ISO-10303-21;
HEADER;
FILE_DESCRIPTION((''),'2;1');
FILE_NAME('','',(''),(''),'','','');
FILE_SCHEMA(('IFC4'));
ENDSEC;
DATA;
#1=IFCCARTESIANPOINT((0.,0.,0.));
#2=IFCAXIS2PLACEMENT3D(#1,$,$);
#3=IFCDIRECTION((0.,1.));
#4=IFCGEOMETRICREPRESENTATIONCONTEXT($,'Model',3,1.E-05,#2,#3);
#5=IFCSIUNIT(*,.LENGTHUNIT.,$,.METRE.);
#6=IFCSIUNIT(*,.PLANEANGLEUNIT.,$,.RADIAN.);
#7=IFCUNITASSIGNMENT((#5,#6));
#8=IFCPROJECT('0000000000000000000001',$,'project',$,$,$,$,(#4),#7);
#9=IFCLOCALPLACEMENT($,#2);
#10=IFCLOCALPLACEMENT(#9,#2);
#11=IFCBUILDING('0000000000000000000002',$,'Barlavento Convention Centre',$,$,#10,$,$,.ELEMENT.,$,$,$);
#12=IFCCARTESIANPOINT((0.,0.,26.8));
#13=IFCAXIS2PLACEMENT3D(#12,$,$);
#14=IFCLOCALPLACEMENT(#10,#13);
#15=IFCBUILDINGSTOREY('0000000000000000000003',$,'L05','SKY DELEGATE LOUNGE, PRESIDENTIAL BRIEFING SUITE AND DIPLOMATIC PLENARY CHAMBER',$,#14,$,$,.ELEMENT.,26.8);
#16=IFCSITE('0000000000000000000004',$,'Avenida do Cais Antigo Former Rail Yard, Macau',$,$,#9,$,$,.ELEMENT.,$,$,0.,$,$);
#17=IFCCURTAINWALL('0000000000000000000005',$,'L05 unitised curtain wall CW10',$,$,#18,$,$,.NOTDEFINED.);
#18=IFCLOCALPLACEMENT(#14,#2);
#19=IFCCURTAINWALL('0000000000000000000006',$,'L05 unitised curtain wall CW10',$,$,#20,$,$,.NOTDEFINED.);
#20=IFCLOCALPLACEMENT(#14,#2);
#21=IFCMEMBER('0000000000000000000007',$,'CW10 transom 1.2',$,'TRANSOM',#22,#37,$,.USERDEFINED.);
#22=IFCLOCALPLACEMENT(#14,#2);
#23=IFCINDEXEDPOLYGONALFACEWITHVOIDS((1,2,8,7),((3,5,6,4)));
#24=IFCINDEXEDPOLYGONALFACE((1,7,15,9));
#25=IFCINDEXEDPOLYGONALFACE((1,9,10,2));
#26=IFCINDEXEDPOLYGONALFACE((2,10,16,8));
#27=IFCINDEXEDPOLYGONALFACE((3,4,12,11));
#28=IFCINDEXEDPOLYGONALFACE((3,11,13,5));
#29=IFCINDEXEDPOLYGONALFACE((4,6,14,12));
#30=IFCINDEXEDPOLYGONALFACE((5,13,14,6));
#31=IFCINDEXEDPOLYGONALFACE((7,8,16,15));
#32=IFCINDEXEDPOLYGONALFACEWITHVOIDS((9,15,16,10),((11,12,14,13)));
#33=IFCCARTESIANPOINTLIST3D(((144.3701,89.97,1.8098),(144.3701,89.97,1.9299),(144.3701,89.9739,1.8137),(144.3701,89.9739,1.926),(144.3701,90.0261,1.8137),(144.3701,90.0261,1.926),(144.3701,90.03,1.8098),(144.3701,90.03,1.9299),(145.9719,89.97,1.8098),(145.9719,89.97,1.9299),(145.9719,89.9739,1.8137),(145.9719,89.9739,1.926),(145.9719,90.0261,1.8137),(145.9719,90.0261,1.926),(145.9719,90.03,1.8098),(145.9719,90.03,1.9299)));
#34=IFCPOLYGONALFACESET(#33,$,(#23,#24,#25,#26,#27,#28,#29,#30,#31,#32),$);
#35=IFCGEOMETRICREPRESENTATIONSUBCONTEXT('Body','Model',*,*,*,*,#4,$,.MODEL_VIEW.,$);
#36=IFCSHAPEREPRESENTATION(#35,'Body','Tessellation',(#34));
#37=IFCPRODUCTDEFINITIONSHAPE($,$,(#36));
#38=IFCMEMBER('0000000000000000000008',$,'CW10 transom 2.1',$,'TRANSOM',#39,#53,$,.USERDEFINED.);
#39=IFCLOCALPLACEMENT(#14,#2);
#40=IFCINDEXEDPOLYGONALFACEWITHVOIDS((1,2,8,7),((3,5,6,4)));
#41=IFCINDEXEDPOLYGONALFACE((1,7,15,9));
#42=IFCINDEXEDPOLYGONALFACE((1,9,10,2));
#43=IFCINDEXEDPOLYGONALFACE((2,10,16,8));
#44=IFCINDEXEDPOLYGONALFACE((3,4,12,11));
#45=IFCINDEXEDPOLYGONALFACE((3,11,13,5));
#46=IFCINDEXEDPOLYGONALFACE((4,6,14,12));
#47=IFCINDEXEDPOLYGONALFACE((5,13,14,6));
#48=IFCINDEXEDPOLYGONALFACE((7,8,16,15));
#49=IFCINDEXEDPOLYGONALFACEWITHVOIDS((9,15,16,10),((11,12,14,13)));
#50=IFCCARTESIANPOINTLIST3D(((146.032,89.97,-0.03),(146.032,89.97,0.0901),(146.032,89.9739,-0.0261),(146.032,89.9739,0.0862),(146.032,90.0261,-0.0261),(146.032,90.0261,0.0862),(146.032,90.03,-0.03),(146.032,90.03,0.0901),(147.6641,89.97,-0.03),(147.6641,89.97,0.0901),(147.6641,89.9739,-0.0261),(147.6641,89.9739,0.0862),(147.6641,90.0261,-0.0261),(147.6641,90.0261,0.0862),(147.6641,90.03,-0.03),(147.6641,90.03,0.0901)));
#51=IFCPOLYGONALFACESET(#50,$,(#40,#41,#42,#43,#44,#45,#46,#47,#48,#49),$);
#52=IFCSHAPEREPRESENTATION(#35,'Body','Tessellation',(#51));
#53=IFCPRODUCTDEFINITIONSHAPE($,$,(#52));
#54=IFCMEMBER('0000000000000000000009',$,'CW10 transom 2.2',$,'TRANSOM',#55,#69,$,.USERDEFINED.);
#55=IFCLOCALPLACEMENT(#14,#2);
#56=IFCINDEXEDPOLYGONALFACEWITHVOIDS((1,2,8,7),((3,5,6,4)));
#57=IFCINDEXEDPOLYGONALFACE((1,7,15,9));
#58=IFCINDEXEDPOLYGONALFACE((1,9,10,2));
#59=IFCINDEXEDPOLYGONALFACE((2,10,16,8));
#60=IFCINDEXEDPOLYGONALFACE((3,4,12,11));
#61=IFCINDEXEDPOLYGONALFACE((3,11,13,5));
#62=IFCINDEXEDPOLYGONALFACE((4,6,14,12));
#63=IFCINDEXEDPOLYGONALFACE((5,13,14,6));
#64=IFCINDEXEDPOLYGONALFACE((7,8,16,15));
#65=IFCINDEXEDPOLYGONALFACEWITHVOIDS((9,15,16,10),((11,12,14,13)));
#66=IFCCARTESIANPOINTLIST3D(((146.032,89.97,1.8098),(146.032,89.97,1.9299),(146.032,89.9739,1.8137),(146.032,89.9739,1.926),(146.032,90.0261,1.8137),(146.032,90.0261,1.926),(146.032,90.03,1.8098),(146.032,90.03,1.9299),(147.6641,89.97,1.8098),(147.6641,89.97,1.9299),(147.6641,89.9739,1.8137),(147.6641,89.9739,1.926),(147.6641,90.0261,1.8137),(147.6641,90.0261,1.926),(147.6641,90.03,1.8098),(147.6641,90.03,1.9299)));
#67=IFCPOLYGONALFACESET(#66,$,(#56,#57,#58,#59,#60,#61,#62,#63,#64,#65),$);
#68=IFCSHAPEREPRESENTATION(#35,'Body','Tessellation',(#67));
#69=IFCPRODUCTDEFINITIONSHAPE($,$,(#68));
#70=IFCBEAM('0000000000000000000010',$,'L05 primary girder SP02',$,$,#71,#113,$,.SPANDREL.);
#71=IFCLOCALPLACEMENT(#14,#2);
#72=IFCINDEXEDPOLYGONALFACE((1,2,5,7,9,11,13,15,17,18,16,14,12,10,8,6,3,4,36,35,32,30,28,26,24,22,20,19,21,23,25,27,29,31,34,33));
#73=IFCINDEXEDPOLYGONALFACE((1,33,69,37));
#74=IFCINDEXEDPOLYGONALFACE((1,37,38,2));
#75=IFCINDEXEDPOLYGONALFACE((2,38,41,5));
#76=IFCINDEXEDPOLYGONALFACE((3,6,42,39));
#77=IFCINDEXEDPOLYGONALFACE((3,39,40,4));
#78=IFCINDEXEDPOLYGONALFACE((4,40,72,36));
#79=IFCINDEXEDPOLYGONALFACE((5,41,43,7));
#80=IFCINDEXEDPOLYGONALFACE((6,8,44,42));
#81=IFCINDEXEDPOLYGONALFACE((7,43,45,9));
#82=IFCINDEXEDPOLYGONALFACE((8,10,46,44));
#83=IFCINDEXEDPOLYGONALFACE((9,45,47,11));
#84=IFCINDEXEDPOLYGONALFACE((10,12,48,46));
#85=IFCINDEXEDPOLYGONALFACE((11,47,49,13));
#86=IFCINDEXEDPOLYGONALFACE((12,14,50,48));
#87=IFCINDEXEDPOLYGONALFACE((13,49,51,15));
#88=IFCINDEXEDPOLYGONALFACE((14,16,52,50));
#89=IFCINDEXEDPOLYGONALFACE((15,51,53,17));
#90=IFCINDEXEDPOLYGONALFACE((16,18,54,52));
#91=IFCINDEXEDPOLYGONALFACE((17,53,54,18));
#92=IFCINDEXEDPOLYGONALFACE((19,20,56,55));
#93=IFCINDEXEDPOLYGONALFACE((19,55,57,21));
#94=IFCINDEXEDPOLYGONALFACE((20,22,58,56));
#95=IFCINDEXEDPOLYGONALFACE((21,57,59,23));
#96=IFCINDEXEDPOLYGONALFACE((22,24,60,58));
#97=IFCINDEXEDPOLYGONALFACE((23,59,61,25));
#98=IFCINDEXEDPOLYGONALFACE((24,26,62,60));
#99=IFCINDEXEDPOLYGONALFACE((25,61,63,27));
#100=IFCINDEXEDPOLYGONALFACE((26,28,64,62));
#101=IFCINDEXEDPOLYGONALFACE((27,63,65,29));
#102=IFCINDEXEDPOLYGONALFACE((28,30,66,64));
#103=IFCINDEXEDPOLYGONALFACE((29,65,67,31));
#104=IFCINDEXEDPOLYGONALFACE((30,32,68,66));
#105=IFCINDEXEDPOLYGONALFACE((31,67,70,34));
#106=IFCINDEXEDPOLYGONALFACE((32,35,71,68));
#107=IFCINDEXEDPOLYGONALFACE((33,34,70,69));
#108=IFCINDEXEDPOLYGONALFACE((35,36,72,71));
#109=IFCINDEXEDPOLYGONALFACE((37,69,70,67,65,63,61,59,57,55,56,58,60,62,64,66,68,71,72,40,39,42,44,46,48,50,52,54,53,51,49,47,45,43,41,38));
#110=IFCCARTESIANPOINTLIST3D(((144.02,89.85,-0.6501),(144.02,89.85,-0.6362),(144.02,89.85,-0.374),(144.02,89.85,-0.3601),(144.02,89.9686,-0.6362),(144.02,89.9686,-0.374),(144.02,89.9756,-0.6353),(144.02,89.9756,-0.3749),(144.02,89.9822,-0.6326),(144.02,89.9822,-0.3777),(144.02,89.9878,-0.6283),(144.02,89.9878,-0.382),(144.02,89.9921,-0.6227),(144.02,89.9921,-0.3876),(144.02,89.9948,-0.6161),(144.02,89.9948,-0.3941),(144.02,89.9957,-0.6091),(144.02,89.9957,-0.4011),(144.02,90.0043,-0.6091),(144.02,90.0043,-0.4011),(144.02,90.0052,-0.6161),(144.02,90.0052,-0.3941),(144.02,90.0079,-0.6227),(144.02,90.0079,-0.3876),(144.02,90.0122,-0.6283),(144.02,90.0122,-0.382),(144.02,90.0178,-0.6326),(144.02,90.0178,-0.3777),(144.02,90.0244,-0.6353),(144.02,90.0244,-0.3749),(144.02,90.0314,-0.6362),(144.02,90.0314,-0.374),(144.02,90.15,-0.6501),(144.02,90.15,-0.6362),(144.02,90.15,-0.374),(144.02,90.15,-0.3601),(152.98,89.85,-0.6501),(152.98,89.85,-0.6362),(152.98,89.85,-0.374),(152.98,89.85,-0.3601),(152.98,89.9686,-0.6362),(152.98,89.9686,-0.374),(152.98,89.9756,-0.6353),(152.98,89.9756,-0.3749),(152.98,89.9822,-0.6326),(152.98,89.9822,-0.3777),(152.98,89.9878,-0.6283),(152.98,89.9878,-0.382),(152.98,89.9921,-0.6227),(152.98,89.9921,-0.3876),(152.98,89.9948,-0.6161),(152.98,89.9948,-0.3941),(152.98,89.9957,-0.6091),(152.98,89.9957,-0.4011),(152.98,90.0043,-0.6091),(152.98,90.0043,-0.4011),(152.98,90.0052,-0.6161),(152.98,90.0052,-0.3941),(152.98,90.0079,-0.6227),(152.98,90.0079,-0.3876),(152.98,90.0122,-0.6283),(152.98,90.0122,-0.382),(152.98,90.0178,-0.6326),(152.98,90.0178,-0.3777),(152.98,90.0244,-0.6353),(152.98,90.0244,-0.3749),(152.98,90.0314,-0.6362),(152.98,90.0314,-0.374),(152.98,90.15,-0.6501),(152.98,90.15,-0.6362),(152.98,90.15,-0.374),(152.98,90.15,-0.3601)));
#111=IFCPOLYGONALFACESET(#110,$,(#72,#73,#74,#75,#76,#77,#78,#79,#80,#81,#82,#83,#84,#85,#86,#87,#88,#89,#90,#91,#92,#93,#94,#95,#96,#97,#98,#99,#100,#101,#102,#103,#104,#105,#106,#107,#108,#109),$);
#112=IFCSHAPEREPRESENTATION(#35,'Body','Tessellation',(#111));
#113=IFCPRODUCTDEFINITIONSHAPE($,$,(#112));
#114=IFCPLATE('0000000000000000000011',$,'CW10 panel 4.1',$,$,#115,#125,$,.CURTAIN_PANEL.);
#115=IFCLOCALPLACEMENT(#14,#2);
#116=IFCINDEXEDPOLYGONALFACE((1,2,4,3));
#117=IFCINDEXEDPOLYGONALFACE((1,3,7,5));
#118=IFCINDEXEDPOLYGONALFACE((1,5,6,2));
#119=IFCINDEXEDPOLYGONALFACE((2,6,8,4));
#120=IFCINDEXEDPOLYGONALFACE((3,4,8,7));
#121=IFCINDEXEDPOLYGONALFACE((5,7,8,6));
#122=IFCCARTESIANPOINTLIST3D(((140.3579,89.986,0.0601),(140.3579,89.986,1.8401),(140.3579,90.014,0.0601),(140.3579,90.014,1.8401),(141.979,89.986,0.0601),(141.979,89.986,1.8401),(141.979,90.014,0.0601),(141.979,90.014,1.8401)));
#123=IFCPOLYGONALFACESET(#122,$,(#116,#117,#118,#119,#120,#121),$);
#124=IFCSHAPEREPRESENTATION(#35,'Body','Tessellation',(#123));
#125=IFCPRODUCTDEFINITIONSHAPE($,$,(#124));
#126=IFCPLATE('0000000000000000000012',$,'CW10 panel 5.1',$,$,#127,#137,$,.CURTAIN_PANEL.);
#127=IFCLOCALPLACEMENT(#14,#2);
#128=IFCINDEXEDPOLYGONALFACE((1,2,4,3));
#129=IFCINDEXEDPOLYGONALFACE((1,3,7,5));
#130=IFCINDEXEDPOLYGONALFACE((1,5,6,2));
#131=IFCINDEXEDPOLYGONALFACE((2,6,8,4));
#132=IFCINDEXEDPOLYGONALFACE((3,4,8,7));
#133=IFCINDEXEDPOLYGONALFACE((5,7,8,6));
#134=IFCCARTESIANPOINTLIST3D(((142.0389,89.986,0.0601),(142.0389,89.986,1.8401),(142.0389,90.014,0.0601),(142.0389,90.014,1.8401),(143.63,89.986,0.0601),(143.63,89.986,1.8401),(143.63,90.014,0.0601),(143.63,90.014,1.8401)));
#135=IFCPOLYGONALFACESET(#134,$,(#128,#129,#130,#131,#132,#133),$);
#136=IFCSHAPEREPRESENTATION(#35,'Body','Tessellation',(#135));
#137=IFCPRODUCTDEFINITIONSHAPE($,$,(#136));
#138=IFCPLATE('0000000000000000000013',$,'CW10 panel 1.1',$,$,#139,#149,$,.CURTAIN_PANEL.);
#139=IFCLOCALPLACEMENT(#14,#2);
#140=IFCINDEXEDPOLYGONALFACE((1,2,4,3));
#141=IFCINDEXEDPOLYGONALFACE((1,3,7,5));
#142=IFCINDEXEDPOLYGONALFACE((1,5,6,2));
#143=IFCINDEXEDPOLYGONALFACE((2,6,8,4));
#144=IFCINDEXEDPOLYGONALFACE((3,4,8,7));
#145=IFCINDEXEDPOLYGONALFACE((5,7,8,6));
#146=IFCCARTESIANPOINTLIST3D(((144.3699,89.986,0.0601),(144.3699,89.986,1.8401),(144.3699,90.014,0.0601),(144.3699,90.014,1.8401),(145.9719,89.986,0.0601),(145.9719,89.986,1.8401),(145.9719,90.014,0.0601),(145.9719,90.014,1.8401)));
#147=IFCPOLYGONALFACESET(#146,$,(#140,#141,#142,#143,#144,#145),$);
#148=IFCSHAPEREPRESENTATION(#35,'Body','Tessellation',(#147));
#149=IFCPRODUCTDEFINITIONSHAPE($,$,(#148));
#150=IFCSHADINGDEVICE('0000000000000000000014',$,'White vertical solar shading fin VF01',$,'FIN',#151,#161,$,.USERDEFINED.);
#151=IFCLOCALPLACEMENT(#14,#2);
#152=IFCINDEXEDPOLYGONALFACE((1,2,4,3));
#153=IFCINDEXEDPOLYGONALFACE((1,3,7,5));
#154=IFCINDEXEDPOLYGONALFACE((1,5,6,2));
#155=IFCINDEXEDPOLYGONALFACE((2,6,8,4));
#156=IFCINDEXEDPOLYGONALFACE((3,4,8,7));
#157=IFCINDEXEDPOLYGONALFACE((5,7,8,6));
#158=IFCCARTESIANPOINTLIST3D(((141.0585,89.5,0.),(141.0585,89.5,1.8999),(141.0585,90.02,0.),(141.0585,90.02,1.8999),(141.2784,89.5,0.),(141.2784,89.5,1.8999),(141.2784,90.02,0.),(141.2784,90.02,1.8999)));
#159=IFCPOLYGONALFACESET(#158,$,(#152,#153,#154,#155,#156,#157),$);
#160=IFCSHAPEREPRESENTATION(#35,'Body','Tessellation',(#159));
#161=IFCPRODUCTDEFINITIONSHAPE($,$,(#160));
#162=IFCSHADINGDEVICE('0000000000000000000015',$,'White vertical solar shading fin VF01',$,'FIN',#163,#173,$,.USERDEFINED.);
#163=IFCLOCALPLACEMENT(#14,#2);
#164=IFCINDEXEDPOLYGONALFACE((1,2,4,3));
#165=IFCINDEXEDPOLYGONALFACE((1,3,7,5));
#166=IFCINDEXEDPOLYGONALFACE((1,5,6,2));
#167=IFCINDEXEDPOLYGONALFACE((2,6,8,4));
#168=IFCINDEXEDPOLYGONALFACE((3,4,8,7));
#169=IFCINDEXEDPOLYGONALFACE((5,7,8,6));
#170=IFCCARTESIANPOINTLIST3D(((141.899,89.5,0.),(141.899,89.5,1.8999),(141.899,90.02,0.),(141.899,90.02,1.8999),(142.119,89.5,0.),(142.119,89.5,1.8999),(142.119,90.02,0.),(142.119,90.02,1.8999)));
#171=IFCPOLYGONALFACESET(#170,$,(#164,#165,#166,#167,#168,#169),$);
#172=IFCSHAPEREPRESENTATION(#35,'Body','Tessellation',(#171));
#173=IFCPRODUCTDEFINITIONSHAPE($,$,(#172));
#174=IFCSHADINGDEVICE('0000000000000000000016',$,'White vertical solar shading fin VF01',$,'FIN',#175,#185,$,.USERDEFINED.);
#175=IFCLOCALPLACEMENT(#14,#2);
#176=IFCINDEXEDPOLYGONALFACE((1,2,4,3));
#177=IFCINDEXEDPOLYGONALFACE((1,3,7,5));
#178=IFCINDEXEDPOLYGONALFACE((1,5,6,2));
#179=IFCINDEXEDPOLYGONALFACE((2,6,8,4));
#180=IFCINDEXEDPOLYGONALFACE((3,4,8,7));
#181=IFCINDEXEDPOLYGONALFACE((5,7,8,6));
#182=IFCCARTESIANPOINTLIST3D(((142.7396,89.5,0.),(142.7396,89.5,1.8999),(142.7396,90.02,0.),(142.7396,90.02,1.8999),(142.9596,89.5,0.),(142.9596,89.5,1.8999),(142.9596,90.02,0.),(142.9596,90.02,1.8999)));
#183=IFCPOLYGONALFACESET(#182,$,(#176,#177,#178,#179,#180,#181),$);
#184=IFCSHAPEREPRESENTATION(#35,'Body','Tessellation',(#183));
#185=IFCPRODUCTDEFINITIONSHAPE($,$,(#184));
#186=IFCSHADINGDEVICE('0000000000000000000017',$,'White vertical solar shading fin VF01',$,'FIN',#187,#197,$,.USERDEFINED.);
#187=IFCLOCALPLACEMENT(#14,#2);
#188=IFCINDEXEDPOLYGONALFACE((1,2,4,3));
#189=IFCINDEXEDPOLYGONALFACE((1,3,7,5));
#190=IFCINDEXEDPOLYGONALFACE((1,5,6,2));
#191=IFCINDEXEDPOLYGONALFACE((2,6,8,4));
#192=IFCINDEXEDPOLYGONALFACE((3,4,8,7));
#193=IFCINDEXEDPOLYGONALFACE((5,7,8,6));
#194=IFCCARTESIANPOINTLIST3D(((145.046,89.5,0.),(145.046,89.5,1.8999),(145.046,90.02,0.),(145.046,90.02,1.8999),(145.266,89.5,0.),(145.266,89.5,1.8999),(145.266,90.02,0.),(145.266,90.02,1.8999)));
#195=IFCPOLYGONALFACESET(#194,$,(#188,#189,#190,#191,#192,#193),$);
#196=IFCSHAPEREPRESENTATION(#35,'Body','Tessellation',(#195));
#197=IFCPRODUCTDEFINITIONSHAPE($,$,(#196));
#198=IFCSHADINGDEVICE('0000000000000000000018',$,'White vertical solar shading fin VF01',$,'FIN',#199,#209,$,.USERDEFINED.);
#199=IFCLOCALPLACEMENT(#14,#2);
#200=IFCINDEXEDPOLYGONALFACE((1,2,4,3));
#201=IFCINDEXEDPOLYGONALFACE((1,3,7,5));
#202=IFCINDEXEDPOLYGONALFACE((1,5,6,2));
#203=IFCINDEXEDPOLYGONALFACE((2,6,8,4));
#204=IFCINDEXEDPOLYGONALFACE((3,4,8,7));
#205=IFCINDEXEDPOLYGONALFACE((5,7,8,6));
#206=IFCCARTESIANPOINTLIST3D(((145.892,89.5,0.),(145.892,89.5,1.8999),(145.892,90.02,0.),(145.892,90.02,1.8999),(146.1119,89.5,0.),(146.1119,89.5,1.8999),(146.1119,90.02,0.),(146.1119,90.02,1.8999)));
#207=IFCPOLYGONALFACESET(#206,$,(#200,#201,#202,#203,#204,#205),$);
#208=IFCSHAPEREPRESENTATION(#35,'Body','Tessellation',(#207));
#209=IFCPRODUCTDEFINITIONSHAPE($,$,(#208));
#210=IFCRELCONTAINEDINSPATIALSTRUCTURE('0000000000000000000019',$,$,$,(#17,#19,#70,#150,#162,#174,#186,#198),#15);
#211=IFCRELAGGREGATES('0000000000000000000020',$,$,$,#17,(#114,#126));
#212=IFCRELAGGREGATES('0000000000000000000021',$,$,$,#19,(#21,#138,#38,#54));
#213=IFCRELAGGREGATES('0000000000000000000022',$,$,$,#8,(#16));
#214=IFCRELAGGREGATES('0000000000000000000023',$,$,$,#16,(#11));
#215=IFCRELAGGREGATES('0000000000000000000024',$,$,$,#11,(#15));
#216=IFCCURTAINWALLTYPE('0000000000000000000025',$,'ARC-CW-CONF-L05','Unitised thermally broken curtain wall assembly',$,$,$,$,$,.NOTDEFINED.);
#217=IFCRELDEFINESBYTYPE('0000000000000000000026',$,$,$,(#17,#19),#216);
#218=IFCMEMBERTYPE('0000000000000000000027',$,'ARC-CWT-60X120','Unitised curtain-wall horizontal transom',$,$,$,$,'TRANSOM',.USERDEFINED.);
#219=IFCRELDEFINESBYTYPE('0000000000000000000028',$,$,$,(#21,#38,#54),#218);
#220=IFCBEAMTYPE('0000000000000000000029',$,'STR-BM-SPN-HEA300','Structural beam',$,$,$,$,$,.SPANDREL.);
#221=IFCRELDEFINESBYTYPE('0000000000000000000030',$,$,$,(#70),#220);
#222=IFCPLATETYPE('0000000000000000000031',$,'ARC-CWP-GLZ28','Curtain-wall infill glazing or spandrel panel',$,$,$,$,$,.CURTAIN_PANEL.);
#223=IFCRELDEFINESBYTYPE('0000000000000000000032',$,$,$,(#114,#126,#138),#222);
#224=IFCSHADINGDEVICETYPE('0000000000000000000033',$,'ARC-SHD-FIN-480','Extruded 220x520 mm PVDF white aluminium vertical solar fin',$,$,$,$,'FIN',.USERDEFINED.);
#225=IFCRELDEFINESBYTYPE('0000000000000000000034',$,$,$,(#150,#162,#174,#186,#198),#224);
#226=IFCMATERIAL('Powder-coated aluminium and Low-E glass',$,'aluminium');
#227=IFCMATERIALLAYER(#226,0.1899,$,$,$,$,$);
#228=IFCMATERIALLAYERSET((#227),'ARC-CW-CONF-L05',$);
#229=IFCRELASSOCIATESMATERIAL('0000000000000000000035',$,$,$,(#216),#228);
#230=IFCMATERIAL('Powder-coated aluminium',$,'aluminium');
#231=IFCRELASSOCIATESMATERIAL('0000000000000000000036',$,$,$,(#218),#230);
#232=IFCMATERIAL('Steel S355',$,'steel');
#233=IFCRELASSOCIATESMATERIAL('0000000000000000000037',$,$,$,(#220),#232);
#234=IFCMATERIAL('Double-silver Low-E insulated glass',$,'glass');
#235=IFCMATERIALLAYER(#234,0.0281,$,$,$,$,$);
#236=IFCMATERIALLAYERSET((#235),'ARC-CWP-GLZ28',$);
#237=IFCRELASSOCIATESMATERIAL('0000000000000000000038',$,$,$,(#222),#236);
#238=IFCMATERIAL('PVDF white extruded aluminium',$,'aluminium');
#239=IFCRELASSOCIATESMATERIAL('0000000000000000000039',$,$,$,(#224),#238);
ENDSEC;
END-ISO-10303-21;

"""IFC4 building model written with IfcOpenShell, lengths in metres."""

from ifc_helpers import new_model, si_unit, direction, frame, origin, origin_2d, place, context, subcontext, project, spatial, rectangle, hollow_rectangle, i_section, extrude, material, layer, layer_set, material_profile, profile_set, type_object, element, aggregate, save


model = new_model("IFC4")

# Units and contexts
model_context = context("Model", 3, precision=1e-05, world=origin(), true_north=direction((0.0, 1.0)))
body_context = subcontext(model_context, "Body", "Model", "MODEL_VIEW")
ifc_project = project(units=[si_unit("LENGTHUNIT", "METRE"), si_unit("PLANEANGLEUNIT", "RADIAN")], contexts=[model_context])

# Site, building, storey
site_placement = place(None, origin())
site = spatial("IfcSite", under=ifc_project, at=site_placement, Name="Avenida do Cais Antigo Former Rail Yard, Macau", CompositionType="ELEMENT", RefElevation=0.0)
building_placement = place(site_placement, origin())
building = spatial("IfcBuilding", under=site, at=building_placement, Name="Barlavento Convention Centre", CompositionType="ELEMENT")
storey_placement = place(building_placement, frame((0.0, 0.0, 26.8)))
storey = spatial("IfcBuildingStorey", under=building, at=storey_placement, Name="L05", Description="SKY DELEGATE LOUNGE, PRESIDENTIAL BRIEFING SUITE AND DIPLOMATIC PLENARY CHAMBER", CompositionType="ELEMENT", Elevation=26.8)

# Shared definitions
ifc_material_1 = material(Name="Steel S355", Category="steel")

# Curtain walls
ifc_material_2 = material(Name="Powder-coated aluminium and Low-E glass", Category="aluminium")
ifc_layer_1 = layer(ifc_material_2, 0.1899)
ifc_layer_set_1 = layer_set([ifc_layer_1], Name="ARC-CW-CONF-L05")
curtain_wall_type = type_object("IfcCurtainWallType", Name="ARC-CW-CONF-L05", Description="Unitised thermally broken curtain wall assembly", PredefinedType="NOTDEFINED", material=ifc_layer_set_1)
curtain_wall_1_placement = place(storey_placement, origin())
curtain_wall_1 = element("IfcCurtainWall", 1, at=curtain_wall_1_placement, inside=storey, type_object=curtain_wall_type, Name="L05 unitised curtain wall CW10", PredefinedType="NOTDEFINED")
ifc_material_3 = material(Name="Powder-coated aluminium", Category="aluminium")
curtain_wall_2_placement = place(storey_placement, origin())
curtain_wall_2 = element("IfcCurtainWall", 2, at=curtain_wall_2_placement, inside=storey, type_object=curtain_wall_type, Name="L05 unitised curtain wall CW10", PredefinedType="NOTDEFINED")

# Members
ifc_material_profile_1 = material_profile(ifc_material_3, hollow_rectangle(XDim=0.0601, YDim=0.1201, WallThickness=0.0039, at=origin_2d()), Name="AL-TRAN 60x120x4")
ifc_profile_set_1 = profile_set([ifc_material_profile_1], Name="Powder-coated aluminium")
member_type_1 = type_object("IfcMemberType", Name="ARC-CWT-60X120", Description="Unitised curtain-wall horizontal transom", ElementType="TRANSOM", PredefinedType="USERDEFINED", material=ifc_profile_set_1)
member_1_placement = place(storey_placement, frame((144.3701, 90.0, 1.8699), z_axis=(1.0, 0.0, 0.0), x_axis=(0.0, 1.0, 0.0)))
member_1 = element("IfcMember", 3, at=member_1_placement, type_object=member_type_1, Name="CW10 transom 1.2", ObjectType="TRANSOM", PredefinedType="USERDEFINED", context=body_context, shape_type="SweptSolid", body=[
    extrude(hollow_rectangle(XDim=0.0601, YDim=0.1201, WallThickness=0.0039, at=origin_2d()), origin(), (0.0, 0.0, 1.0), 1.6018),
])
member_2_placement = place(storey_placement, frame((146.032, 90.0, 0.03), z_axis=(1.0, 0.0, 0.0), x_axis=(0.0, 1.0, 0.0)))
member_2 = element("IfcMember", 4, at=member_2_placement, type_object=member_type_1, Name="CW10 transom 2.1", ObjectType="TRANSOM", PredefinedType="USERDEFINED", context=body_context, shape_type="SweptSolid", body=[
    extrude(hollow_rectangle(XDim=0.0601, YDim=0.1201, WallThickness=0.0039, at=origin_2d()), origin(), (0.0, 0.0, 1.0), 1.6321),
])
member_3_placement = place(storey_placement, frame((146.032, 90.0, 1.8699), z_axis=(1.0, 0.0, 0.0), x_axis=(0.0, 1.0, 0.0)))
member_3 = element("IfcMember", 5, at=member_3_placement, type_object=member_type_1, Name="CW10 transom 2.2", ObjectType="TRANSOM", PredefinedType="USERDEFINED", context=body_context, shape_type="SweptSolid", body=[
    extrude(hollow_rectangle(XDim=0.0601, YDim=0.1201, WallThickness=0.0039, at=origin_2d()), origin(), (0.0, 0.0, 1.0), 1.6321),
])

# Beam
ifc_material_profile_2 = material_profile(ifc_material_1, i_section(OverallWidth=0.3, OverallDepth=0.29, WebThickness=0.0085, FlangeThickness=0.0139, FilletRadius=0.0271, at=origin_2d()), Name="HEA 300")
ifc_profile_set_2 = profile_set([ifc_material_profile_2], Name="Steel S355")
beam_type = type_object("IfcBeamType", Name="STR-BM-SPN-HEA300", Description="Structural beam", PredefinedType="SPANDREL", material=ifc_profile_set_2)
beam_placement = place(storey_placement, frame((144.02, 90.0, -0.5051), z_axis=(1.0, 0.0, 0.0), x_axis=(0.0, 1.0, 0.0)))
element("IfcBeam", 6, at=beam_placement, inside=storey, type_object=beam_type, Name="L05 primary girder SP02", PredefinedType="SPANDREL", context=body_context, shape_type="SweptSolid", body=[
    extrude(i_section(OverallWidth=0.3, OverallDepth=0.29, WebThickness=0.0085, FlangeThickness=0.0139, FilletRadius=0.0271, at=origin_2d()), origin(), (0.0, 0.0, 1.0), 8.96),
])

# Plates
ifc_material_4 = material(Name="Double-silver Low-E insulated glass", Category="glass")
ifc_layer_2 = layer(ifc_material_4, 0.0281)
ifc_layer_set_2 = layer_set([ifc_layer_2], Name="ARC-CWP-GLZ28")
plate_type = type_object("IfcPlateType", Name="ARC-CWP-GLZ28", Description="Curtain-wall infill glazing or spandrel panel", PredefinedType="CURTAIN_PANEL", material=ifc_layer_set_2)
plate_1_placement = place(storey_placement, frame((141.1685, 90.0, 0.0601), z_axis=(0.0, 0.0, 1.0), x_axis=(1.0, 0.0, 0.0)))
plate_1 = element("IfcPlate", 7, at=plate_1_placement, type_object=plate_type, Name="CW10 panel 4.1", PredefinedType="CURTAIN_PANEL", context=body_context, shape_type="SweptSolid", body=[
    extrude(rectangle(XDim=1.6211, YDim=0.0281, at=origin_2d()), origin(), (0.0, 0.0, 1.0), 1.78),
])
plate_2_placement = place(storey_placement, frame((142.8345, 90.0, 0.0601), z_axis=(0.0, 0.0, 1.0), x_axis=(1.0, 0.0, 0.0)))
plate_2 = element("IfcPlate", 8, at=plate_2_placement, type_object=plate_type, Name="CW10 panel 5.1", PredefinedType="CURTAIN_PANEL", context=body_context, shape_type="SweptSolid", body=[
    extrude(rectangle(XDim=1.5911, YDim=0.0281, at=origin_2d()), origin(), (0.0, 0.0, 1.0), 1.78),
])
aggregate(curtain_wall_1, [plate_1, plate_2])
plate_3_placement = place(storey_placement, frame((145.1709, 90.0, 0.0601), z_axis=(0.0, 0.0, 1.0), x_axis=(1.0, 0.0, 0.0)))
plate_3 = element("IfcPlate", 9, at=plate_3_placement, type_object=plate_type, Name="CW10 panel 1.1", PredefinedType="CURTAIN_PANEL", context=body_context, shape_type="SweptSolid", body=[
    extrude(rectangle(XDim=1.6021, YDim=0.0281, at=origin_2d()), origin(), (0.0, 0.0, 1.0), 1.78),
])
aggregate(curtain_wall_2, [member_1, plate_3, member_2, member_3])

# Shading devices
ifc_material_5 = material(Name="PVDF white extruded aluminium", Category="aluminium")
shading_device_type = type_object("IfcShadingDeviceType", Name="ARC-SHD-FIN-480", Description="Extruded 220x520 mm PVDF white aluminium vertical solar fin", ElementType="FIN", PredefinedType="USERDEFINED", material=ifc_material_5)
for number, where, z_axis, x_axis, name in (
    (10, (141.1685, 89.76, 0.0), (0.0, 0.0, 1.0), (1.0, 0.0, 0.0), "White vertical solar shading fin VF01"),
    (11, (142.009, 89.76, 0.0), (0.0, 0.0, 1.0), (1.0, 0.0, 0.0), "White vertical solar shading fin VF01"),
    (12, (142.8496, 89.76, 0.0), (0.0, 0.0, 1.0), (1.0, 0.0, 0.0), "White vertical solar shading fin VF01"),
    (13, (145.156, 89.76, 0.0), (0.0, 0.0, 1.0), (1.0, 0.0, 0.0), "White vertical solar shading fin VF01"),
    (14, (146.002, 89.76, 0.0), (0.0, 0.0, 1.0), (1.0, 0.0, 0.0), "White vertical solar shading fin VF01"),
):
    element("IfcShadingDevice", number, at=place(storey_placement, frame(where, z_axis=z_axis, x_axis=x_axis)), inside=storey, type_object=shading_device_type, Name=name, ObjectType="FIN", PredefinedType="USERDEFINED", context=body_context, shape_type="SweptSolid", body=[
        extrude(rectangle(XDim=0.22, YDim=0.52, at=origin_2d()), origin(), (0.0, 0.0, 1.0), 1.8999),
    ])

save(model, "model.ifc")
